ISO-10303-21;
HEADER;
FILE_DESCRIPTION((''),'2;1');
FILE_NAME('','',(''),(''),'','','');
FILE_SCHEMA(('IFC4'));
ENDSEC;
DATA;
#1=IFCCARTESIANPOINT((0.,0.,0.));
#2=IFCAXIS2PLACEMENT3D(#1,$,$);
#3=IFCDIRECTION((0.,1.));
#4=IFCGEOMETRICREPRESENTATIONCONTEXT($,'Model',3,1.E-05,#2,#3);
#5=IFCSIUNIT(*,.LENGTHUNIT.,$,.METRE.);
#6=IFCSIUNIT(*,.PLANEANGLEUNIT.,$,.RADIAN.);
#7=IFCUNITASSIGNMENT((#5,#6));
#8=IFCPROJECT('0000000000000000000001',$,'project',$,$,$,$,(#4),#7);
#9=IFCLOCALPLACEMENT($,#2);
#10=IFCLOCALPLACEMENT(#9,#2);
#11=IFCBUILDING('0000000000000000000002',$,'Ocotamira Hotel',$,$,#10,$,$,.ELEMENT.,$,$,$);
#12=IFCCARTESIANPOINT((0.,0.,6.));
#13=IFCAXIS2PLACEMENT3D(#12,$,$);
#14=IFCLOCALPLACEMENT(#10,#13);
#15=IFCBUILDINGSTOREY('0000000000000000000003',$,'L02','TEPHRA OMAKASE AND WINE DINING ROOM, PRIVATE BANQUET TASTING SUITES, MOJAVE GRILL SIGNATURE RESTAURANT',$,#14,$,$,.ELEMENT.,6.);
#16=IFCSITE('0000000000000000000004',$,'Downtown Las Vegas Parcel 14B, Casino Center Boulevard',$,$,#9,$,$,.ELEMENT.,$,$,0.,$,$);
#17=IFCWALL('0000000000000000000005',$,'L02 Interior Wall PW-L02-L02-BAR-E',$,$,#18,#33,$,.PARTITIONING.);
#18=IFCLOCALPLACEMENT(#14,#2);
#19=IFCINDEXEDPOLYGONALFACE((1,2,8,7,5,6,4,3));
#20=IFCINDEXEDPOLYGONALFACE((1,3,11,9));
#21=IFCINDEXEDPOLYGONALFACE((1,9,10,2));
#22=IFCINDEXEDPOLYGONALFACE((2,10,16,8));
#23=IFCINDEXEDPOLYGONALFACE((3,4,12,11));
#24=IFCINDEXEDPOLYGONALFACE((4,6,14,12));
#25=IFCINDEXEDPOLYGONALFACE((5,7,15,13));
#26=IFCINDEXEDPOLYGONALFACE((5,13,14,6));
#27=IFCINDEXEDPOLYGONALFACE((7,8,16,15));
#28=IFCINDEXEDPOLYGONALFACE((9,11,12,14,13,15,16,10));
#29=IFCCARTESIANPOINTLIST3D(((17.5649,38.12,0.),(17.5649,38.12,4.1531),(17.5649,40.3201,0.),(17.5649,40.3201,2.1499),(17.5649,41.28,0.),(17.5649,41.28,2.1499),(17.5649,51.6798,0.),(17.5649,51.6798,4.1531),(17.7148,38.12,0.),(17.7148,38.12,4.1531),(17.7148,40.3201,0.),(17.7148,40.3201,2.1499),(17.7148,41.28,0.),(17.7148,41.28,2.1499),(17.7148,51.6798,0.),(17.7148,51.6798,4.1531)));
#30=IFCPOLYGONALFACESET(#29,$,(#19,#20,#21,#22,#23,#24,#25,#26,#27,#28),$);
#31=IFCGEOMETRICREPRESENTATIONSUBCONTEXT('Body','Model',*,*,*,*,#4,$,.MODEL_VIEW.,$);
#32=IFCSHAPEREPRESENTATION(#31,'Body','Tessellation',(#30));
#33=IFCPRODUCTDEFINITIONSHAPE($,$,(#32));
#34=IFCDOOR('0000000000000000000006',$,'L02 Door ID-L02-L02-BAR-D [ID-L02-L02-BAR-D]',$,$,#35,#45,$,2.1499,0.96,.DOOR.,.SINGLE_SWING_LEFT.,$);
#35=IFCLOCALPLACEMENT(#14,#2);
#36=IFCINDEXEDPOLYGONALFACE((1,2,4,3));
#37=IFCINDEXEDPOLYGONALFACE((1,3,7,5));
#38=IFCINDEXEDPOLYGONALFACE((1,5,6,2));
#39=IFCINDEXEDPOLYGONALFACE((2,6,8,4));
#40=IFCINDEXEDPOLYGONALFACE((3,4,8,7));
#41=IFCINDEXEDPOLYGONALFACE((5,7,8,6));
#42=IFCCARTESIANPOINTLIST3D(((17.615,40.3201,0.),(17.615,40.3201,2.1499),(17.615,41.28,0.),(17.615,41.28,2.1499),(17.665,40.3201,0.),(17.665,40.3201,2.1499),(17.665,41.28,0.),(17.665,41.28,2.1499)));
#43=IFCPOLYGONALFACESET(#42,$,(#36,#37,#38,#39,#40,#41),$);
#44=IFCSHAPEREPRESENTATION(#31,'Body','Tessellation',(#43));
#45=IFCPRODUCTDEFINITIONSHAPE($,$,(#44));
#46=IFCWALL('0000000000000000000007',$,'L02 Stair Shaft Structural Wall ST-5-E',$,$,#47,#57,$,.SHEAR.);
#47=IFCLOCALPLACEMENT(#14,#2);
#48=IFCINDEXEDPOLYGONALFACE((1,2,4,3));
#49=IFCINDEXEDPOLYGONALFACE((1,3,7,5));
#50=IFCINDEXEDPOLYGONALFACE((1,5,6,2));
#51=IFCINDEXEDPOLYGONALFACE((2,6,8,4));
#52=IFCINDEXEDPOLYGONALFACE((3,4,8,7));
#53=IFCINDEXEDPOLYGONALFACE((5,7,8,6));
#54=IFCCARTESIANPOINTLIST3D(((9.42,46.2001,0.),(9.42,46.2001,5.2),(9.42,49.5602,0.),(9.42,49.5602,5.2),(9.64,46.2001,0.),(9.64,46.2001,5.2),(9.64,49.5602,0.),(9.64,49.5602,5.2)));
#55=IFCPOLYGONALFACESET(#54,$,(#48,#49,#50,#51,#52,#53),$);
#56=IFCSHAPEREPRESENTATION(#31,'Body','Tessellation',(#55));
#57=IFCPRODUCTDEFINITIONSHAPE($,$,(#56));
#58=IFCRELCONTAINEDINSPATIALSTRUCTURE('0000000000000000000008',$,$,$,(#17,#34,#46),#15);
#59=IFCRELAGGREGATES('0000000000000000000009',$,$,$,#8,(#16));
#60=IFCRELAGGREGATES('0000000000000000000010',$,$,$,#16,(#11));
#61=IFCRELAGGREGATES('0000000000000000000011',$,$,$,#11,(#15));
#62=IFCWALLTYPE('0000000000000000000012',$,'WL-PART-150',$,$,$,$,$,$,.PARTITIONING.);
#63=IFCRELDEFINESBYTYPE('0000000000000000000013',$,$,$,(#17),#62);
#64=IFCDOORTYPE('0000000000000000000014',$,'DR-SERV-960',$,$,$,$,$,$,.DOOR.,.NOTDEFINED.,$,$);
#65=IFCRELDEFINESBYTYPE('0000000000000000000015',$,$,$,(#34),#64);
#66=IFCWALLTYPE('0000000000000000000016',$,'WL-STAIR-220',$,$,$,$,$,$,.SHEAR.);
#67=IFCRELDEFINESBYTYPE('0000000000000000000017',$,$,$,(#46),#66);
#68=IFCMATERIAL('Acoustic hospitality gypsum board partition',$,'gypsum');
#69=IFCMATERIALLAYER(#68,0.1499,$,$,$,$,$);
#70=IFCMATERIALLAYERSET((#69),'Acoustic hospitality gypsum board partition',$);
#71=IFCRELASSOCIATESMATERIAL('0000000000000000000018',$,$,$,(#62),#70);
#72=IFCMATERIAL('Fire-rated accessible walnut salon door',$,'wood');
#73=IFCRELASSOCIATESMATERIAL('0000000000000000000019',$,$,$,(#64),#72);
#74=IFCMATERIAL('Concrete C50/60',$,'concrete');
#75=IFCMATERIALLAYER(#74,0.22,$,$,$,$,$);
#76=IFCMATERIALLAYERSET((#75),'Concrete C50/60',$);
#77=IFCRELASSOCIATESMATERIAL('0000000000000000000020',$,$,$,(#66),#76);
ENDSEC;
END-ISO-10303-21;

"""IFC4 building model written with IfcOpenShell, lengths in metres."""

from ifc_helpers import new_model, si_unit, direction, frame, frame_2d, origin, place, context, subcontext, project, spatial, rectangle, extrude, source, transform, mapped, material, layer, layer_set, type_object, element, fill, save


model = new_model("IFC4")

# Units and contexts
model_context = context("Model", 3, precision=1e-05, world=origin(), true_north=direction((0.0, 1.0)))
body_context = subcontext(model_context, "Body", "Model", "MODEL_VIEW")
ifc_project = project(units=[si_unit("LENGTHUNIT", "METRE"), si_unit("PLANEANGLEUNIT", "RADIAN")], contexts=[model_context])

# Site, building, storey
site_placement = place(None, origin())
site = spatial("IfcSite", under=ifc_project, at=site_placement, Name="Downtown Las Vegas Parcel 14B, Casino Center Boulevard", CompositionType="ELEMENT", RefElevation=0.0)
building_placement = place(site_placement, origin())
building = spatial("IfcBuilding", under=site, at=building_placement, Name="Ocotamira Hotel", CompositionType="ELEMENT")
storey_placement = place(building_placement, frame((0.0, 0.0, 6.0)))
storey = spatial("IfcBuildingStorey", under=building, at=storey_placement, Name="L02", Description="TEPHRA OMAKASE AND WINE DINING ROOM, PRIVATE BANQUET TASTING SUITES, MOJAVE GRILL SIGNATURE RESTAURANT", CompositionType="ELEMENT", Elevation=6.0)

# Shared definitions
ifc_material_1 = material(Name="Acoustic hospitality gypsum board partition", Category="gypsum")
ifc_layer_1 = layer(ifc_material_1, 0.1499)
ifc_layer_set_1 = layer_set([ifc_layer_1], Name="Acoustic hospitality gypsum board partition")
wall_type_1 = type_object("IfcWallType", Name="WL-PART-150", PredefinedType="PARTITIONING", material=ifc_layer_set_1)

# Shared definitions
ifc_material_2 = material(Name="Fire-rated accessible walnut salon door", Category="wood")
door_type_1 = type_object("IfcDoorType", Name="DR-SERV-960", OperationType="NOTDEFINED", PredefinedType="DOOR", material=ifc_material_2)
shared_shape_1 = source(origin(), body_context, "Body", "SweptSolid", [
    extrude(rectangle(XDim=0.96, YDim=2.1499, at=frame_2d((0.48, 1.075))), frame((0.0, 0.0249, 0.0), z_axis=(0.0, -1.0, 0.0), x_axis=(1.0, 0.0, 0.0)), (0.0, 0.0, 1.0), 0.05),
])

# Wall, opening, door
wall_1_placement = place(storey_placement, frame((17.6399, 38.1201, 0.0), z_axis=(0.0, 0.0, 1.0), x_axis=(0.0, 1.0, 0.0)))
wall_1 = element("IfcWall", 1, at=wall_1_placement, inside=storey, type_object=wall_type_1, Name="L02 Interior Wall PW-L02-L02-BAR-E", PredefinedType="PARTITIONING", context=body_context, shape_type="SweptSolid", body=[
    extrude(rectangle(XDim=13.5598, YDim=0.1499, at=frame_2d((6.7798, 0.0))), origin(), (0.0, 0.0, 1.0), 4.1531),
])
opening_1_placement = place(wall_1_placement, frame((2.2, 0.0, 0.0)))
opening_1 = element("IfcOpeningElement", 2, at=opening_1_placement, cuts=wall_1, PredefinedType="OPENING", context=body_context, shape_type="SweptSolid", body=[
    extrude(rectangle(XDim=0.96, YDim=2.1499, at=frame_2d((0.48, 1.075))), frame((0.0, 0.085, 0.0), z_axis=(0.0, -1.0, 0.0), x_axis=(1.0, 0.0, 0.0)), (0.0, 0.0, 1.0), 0.1699),
])
door_1_placement = place(opening_1_placement, origin())
door_1 = element("IfcDoor", 3, at=door_1_placement, inside=storey, type_object=door_type_1, Name="L02 Door ID-L02-L02-BAR-D [ID-L02-L02-BAR-D]", OperationType="SINGLE_SWING_LEFT", OverallHeight=2.1499, OverallWidth=0.96, PredefinedType="DOOR", context=body_context, shape_type="MappedRepresentation", body=[
    mapped(shared_shape_1, transform((0.0, 0.0, 0.0), scale=1.0)),
])
fill(opening_1, door_1)

# Wall
ifc_material_3 = material(Name="Concrete C50/60", Category="concrete")
ifc_layer_2 = layer(ifc_material_3, 0.22)
ifc_layer_set_2 = layer_set([ifc_layer_2], Name="Concrete C50/60")
wall_type_2 = type_object("IfcWallType", Name="WL-STAIR-220", PredefinedType="SHEAR", material=ifc_layer_set_2)
wall_2_placement = place(storey_placement, frame((9.53, 46.2, 0.0), z_axis=(0.0, 0.0, 1.0), x_axis=(0.0, 1.0, 0.0)))
element("IfcWall", 4, at=wall_2_placement, inside=storey, type_object=wall_type_2, Name="L02 Stair Shaft Structural Wall ST-5-E", PredefinedType="SHEAR", context=body_context, shape_type="SweptSolid", body=[
    extrude(rectangle(XDim=3.3601, YDim=0.22, at=frame_2d((1.6802, 0.0))), origin(), (0.0, 0.0, 1.0), 5.2),
])

save(model, "model.ifc")
